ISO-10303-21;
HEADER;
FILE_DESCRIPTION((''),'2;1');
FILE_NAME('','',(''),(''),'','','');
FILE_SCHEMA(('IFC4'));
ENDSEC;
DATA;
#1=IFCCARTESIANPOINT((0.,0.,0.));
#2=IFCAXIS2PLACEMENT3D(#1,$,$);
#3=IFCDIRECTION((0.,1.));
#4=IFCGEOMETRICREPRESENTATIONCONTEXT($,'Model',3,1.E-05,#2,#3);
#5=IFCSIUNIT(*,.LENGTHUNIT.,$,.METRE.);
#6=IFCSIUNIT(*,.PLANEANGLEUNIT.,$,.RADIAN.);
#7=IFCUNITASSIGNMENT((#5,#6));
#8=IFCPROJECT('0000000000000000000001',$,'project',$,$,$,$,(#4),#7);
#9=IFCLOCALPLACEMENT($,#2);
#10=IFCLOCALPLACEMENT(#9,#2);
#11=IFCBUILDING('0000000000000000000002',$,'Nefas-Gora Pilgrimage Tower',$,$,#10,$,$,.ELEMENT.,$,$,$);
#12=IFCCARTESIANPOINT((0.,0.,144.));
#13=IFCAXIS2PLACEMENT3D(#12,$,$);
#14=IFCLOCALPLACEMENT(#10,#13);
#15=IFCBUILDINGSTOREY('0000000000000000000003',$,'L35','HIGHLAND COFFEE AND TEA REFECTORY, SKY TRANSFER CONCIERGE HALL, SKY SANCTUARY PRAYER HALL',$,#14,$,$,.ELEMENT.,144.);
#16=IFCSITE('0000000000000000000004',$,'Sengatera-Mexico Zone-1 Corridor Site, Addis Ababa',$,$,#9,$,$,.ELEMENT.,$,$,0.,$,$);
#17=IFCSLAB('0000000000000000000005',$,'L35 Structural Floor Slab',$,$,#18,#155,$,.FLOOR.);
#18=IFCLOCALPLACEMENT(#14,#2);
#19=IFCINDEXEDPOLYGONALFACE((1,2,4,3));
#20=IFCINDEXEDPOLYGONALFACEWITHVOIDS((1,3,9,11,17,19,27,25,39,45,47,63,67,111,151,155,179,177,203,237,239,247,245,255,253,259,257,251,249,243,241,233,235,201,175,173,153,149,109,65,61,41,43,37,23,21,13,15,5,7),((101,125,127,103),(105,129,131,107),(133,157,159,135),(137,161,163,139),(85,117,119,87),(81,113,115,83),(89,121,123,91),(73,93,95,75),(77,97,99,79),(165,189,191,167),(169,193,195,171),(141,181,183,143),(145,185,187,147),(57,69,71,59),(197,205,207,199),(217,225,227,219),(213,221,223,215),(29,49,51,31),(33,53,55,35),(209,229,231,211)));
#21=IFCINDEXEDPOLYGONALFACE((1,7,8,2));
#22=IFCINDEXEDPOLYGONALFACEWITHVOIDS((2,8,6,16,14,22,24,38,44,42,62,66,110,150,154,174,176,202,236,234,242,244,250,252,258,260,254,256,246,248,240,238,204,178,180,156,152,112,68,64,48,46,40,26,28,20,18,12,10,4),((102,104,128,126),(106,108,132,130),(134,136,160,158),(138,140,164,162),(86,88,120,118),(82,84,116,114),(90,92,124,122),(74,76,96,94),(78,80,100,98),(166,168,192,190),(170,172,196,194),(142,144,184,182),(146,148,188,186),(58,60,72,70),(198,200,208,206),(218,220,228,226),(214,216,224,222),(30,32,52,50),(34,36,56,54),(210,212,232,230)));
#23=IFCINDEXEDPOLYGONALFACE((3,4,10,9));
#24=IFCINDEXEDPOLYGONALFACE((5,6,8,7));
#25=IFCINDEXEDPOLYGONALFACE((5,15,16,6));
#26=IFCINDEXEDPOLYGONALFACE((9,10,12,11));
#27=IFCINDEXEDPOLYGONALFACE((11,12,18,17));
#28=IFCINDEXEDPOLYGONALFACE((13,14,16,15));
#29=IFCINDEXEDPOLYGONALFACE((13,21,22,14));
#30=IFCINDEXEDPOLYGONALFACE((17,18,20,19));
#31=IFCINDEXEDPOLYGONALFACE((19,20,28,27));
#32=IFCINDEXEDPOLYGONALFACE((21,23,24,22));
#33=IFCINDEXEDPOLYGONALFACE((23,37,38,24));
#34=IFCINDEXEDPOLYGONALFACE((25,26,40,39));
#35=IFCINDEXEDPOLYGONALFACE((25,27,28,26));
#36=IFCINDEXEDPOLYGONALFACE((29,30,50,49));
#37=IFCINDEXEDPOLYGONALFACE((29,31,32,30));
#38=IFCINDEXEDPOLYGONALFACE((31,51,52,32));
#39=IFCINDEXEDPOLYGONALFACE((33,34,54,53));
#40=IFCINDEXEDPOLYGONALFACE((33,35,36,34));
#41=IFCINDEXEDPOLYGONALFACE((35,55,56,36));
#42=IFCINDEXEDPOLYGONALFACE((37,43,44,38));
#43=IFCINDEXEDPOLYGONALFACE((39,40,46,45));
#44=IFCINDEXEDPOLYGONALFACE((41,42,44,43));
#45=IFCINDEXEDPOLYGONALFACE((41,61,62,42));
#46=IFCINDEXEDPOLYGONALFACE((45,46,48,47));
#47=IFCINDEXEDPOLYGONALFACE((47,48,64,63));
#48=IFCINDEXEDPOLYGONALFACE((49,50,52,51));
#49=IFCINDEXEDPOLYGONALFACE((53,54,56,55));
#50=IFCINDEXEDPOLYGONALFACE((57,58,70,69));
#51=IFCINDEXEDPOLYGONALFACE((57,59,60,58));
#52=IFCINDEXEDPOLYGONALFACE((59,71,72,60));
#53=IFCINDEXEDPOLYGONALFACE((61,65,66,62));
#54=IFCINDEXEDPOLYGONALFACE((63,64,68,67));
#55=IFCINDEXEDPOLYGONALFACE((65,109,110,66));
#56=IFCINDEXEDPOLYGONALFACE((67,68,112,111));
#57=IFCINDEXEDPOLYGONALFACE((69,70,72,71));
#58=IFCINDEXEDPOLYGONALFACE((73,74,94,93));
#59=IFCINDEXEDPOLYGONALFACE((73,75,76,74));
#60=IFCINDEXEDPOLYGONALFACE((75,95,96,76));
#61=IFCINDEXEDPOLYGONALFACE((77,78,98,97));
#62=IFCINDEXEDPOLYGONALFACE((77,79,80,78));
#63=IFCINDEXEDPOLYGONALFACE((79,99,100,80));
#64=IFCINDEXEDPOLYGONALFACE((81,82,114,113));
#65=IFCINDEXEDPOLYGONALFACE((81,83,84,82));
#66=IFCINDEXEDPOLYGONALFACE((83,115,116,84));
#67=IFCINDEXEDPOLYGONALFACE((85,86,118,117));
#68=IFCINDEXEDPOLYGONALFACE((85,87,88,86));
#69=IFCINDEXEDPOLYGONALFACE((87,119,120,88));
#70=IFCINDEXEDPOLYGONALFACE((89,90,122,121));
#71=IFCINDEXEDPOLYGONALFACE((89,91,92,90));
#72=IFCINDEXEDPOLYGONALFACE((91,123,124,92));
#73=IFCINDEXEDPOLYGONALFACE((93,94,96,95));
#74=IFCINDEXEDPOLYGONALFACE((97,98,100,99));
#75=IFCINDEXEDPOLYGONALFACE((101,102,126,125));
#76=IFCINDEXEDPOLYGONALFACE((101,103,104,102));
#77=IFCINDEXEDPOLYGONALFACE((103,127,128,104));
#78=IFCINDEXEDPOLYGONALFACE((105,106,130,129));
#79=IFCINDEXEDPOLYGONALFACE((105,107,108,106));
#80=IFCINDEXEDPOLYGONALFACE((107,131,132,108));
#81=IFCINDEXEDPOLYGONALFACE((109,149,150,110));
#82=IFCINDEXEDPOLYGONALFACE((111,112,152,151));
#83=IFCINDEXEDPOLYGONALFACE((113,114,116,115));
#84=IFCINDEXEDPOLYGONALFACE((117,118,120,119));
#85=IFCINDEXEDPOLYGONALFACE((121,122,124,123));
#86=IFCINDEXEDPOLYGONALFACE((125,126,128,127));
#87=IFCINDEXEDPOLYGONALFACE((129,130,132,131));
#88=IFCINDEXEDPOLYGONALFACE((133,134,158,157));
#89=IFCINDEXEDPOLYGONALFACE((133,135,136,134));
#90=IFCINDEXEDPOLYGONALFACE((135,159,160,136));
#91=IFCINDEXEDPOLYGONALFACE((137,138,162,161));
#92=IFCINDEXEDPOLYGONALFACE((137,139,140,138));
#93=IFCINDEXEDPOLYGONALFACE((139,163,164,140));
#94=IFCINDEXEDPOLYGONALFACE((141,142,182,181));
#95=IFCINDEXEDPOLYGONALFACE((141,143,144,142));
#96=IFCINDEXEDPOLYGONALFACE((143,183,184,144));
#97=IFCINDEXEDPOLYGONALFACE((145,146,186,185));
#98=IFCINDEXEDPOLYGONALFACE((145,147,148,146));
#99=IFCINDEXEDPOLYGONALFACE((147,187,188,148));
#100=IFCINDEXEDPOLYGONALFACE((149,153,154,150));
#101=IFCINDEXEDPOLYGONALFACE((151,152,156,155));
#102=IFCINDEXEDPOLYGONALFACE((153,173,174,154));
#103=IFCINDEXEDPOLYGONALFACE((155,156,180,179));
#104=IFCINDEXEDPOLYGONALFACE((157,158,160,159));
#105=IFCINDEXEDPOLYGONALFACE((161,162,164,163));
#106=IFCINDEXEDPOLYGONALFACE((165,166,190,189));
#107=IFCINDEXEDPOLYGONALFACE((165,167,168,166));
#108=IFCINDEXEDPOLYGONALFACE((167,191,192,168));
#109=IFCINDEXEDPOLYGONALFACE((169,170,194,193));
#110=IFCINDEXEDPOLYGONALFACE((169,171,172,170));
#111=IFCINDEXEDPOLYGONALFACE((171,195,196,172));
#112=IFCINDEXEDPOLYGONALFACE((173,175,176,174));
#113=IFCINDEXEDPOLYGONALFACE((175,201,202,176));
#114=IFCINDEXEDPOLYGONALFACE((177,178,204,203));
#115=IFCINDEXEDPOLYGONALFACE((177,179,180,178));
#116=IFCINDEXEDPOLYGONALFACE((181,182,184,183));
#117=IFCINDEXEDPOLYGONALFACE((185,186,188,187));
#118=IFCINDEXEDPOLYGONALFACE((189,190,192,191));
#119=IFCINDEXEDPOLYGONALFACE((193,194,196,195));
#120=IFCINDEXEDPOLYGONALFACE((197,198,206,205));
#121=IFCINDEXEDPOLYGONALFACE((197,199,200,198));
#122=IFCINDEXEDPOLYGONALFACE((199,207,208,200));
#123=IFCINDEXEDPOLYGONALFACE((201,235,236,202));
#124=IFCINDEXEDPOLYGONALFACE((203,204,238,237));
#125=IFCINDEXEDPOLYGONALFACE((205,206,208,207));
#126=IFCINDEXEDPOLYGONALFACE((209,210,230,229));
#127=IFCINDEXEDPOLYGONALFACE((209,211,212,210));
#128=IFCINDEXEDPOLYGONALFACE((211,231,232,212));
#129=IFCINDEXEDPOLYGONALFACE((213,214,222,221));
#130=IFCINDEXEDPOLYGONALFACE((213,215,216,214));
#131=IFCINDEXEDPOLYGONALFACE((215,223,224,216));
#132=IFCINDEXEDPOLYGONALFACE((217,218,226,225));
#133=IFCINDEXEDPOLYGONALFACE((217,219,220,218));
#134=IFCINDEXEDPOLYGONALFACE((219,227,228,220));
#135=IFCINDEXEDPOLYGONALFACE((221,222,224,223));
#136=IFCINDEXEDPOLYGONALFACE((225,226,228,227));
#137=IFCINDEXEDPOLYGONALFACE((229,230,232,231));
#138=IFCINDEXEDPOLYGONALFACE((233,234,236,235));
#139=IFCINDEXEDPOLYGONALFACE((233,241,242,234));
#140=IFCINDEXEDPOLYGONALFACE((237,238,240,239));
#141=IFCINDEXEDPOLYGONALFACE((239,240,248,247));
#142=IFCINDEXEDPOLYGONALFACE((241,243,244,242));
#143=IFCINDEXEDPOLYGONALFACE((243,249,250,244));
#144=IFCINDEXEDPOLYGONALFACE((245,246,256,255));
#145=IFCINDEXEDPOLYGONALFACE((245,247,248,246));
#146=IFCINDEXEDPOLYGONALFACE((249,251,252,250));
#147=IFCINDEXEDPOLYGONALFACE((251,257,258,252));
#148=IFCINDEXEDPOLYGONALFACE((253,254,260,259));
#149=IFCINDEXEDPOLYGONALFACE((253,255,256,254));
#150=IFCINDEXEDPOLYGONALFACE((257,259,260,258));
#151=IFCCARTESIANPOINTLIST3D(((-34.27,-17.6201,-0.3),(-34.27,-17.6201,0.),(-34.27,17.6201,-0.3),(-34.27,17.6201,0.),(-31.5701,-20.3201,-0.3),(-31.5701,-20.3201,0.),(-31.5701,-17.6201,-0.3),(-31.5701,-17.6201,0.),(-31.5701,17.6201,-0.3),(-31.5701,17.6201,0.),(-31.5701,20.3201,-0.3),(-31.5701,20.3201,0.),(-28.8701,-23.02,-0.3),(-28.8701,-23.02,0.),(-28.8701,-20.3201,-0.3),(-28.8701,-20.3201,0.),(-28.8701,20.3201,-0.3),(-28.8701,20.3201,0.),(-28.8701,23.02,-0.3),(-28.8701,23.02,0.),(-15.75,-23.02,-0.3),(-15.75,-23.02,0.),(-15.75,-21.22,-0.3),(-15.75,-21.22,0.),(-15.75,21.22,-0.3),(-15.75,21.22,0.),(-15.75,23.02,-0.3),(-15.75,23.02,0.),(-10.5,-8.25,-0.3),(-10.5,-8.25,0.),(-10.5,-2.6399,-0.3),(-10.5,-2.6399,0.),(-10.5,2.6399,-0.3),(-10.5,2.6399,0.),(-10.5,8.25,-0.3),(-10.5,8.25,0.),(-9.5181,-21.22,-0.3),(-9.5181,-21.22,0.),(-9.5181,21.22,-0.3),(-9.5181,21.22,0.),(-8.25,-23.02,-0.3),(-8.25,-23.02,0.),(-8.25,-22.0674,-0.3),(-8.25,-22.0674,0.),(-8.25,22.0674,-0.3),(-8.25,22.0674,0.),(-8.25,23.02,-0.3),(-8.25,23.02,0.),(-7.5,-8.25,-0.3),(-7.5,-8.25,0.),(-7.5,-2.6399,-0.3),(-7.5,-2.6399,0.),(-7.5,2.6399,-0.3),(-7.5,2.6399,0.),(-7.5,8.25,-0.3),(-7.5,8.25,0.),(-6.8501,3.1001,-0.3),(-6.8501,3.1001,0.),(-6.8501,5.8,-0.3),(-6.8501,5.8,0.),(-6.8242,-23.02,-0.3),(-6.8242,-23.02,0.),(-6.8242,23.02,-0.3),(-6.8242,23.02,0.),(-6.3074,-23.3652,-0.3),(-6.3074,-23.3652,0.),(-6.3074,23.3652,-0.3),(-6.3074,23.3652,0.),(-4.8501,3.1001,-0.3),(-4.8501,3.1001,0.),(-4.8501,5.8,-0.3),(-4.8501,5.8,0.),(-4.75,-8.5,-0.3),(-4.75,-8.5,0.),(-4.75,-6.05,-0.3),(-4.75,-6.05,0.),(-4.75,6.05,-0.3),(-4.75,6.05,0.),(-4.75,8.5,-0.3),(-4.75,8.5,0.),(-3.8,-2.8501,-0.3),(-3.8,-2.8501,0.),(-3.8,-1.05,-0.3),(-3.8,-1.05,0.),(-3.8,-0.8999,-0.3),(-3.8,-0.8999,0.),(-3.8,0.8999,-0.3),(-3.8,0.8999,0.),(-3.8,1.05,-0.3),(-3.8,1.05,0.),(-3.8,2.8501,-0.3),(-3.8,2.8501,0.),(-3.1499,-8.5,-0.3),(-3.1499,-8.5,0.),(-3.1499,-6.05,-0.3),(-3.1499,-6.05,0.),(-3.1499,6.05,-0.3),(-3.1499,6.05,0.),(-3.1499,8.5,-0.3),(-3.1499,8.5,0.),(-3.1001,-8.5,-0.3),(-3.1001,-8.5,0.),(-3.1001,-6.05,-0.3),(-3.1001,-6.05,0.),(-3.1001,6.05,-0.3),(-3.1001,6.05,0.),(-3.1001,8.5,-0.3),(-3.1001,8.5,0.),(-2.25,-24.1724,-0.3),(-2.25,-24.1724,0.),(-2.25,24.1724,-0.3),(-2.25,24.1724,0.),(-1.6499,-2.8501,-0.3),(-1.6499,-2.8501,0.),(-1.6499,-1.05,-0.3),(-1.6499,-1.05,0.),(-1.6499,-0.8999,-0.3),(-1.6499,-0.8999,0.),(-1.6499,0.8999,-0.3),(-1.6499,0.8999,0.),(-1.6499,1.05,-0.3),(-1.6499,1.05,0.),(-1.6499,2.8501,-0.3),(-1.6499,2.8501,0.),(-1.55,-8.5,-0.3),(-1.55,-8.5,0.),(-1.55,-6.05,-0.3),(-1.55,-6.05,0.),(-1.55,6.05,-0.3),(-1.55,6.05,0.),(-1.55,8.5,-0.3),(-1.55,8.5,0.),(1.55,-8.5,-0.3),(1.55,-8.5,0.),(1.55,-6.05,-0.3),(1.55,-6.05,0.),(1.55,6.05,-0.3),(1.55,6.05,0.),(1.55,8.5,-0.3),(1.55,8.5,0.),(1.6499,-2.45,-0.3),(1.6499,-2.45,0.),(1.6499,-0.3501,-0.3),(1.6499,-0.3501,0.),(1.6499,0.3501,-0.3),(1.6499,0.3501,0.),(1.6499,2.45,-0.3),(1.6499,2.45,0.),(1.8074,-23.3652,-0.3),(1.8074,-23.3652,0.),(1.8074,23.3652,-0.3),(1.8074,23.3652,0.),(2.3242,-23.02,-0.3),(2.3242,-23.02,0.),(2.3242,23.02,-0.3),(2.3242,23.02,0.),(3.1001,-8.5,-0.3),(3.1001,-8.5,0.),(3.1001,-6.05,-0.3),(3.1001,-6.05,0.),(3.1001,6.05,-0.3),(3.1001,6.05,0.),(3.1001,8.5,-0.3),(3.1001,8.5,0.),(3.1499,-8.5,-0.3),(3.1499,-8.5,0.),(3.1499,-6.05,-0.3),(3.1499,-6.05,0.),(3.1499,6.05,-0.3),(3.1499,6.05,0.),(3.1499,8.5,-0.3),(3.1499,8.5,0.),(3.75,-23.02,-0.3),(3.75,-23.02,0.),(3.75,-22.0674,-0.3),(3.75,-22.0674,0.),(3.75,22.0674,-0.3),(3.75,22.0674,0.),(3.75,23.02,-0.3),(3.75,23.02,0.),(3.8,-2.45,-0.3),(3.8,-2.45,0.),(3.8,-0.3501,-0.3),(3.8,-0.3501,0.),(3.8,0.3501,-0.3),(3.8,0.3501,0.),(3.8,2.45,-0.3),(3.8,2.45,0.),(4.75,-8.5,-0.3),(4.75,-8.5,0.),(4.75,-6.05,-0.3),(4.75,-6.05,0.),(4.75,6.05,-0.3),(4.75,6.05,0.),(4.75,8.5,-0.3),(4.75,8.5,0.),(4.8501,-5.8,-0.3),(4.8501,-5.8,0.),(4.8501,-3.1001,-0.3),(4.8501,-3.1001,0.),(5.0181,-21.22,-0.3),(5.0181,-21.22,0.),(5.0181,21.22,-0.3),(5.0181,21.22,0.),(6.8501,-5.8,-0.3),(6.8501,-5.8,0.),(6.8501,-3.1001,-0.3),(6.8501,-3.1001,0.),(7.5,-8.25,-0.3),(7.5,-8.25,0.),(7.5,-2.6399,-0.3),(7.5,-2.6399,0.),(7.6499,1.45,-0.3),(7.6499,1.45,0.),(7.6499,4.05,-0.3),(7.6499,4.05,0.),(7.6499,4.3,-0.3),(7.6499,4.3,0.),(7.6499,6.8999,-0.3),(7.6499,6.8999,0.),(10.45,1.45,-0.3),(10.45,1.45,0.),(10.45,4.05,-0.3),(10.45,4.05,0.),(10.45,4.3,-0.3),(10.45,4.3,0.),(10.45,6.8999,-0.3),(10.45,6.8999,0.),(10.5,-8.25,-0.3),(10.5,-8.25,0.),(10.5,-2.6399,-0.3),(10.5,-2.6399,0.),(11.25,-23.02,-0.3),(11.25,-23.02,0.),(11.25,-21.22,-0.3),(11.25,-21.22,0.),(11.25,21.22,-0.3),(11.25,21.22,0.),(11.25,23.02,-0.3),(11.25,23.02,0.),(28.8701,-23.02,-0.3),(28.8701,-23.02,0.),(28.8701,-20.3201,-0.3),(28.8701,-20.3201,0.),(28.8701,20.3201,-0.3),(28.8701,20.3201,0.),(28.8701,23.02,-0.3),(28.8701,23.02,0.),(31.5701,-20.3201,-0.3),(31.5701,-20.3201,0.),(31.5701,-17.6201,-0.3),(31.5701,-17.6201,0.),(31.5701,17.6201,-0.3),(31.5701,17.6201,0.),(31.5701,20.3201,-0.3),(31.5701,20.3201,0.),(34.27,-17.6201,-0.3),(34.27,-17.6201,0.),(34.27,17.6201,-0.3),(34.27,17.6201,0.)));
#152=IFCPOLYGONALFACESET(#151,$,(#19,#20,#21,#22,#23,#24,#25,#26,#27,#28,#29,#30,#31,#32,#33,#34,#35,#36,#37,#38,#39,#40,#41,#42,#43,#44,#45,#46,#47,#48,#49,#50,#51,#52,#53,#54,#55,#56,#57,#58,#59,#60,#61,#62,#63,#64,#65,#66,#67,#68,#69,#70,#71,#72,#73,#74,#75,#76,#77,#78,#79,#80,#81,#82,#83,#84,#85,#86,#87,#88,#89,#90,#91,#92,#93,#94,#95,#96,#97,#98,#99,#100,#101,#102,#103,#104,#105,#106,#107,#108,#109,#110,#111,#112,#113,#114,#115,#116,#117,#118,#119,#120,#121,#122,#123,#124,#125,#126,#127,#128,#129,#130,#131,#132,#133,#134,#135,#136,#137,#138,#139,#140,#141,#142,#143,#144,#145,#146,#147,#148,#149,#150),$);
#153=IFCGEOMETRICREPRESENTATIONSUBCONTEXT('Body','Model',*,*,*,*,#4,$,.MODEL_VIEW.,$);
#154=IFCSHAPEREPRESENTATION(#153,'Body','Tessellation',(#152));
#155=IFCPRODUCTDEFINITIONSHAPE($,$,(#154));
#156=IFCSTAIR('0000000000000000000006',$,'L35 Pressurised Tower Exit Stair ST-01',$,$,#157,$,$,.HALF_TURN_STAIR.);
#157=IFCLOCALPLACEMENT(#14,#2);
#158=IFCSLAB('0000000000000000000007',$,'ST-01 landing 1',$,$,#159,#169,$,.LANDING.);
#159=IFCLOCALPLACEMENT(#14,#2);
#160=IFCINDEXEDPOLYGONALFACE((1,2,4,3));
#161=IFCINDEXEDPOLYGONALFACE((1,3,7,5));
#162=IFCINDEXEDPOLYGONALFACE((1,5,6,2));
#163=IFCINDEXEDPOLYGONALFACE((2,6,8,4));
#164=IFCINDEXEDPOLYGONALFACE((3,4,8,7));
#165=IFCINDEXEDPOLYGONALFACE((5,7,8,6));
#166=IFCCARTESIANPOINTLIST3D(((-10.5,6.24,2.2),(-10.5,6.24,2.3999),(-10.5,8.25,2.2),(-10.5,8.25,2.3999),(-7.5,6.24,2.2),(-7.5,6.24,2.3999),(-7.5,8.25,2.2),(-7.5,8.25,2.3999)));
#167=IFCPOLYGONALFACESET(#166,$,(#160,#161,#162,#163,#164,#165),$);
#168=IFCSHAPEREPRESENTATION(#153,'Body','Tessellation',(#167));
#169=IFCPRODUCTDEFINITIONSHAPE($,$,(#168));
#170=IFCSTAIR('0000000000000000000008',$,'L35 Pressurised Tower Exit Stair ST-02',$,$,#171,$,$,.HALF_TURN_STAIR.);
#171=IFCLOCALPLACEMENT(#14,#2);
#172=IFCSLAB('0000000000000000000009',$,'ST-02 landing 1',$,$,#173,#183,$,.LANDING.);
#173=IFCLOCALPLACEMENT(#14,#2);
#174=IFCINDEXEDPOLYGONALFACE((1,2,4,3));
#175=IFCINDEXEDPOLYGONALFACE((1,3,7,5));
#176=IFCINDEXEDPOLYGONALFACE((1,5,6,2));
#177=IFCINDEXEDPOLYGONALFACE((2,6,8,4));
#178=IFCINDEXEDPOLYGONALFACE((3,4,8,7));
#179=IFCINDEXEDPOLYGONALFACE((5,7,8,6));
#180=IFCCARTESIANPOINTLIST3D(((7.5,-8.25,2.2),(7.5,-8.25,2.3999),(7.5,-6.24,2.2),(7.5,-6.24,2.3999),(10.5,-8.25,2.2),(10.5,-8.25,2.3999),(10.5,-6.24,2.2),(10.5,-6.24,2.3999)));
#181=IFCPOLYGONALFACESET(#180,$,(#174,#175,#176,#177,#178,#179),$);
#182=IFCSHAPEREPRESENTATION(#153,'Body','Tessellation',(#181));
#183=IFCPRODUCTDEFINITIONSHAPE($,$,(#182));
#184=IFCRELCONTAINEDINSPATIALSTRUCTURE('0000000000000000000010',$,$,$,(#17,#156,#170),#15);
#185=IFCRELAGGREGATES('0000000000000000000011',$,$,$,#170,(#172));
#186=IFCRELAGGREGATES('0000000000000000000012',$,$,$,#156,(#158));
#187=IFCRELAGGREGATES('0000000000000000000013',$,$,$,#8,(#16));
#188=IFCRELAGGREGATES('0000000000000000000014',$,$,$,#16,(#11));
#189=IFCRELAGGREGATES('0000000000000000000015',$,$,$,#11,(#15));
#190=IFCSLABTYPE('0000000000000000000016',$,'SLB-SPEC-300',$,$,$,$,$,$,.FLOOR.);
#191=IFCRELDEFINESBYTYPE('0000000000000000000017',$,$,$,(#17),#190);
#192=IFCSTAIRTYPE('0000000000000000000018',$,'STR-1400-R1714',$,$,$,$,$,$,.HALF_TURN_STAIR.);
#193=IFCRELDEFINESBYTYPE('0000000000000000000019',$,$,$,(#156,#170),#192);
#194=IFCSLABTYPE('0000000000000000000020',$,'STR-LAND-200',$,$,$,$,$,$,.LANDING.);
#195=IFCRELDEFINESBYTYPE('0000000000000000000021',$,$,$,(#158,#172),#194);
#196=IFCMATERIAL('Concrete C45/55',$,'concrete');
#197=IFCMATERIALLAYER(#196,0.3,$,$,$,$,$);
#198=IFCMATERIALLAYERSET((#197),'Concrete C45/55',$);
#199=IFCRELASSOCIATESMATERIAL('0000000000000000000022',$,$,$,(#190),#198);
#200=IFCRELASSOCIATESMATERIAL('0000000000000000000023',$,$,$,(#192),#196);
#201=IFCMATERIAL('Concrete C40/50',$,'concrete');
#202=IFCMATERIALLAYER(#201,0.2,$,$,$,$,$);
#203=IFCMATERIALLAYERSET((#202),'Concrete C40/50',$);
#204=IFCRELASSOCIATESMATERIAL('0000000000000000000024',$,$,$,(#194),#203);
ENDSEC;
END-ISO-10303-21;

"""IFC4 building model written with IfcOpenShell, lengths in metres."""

from ifc_helpers import new_model, si_unit, direction, frame, origin, place, context, subcontext, project, spatial, polyline, outline, extrude, material, layer, layer_set, type_object, element, aggregate, save


model = new_model("IFC4")

# Units and contexts
model_context = context("Model", 3, precision=1e-05, world=origin(), true_north=direction((0.0, 1.0)))
body_context = subcontext(model_context, "Body", "Model", "MODEL_VIEW")
ifc_project = project(units=[si_unit("LENGTHUNIT", "METRE"), si_unit("PLANEANGLEUNIT", "RADIAN")], contexts=[model_context])

# Site, building, storey
site_placement = place(None, origin())
site = spatial("IfcSite", under=ifc_project, at=site_placement, Name="Sengatera-Mexico Zone-1 Corridor Site, Addis Ababa", CompositionType="ELEMENT", RefElevation=0.0)
building_placement = place(site_placement, origin())
building = spatial("IfcBuilding", under=site, at=building_placement, Name="Nefas-Gora Pilgrimage Tower", CompositionType="ELEMENT")
storey_placement = place(building_placement, frame((0.0, 0.0, 144.0)))
storey = spatial("IfcBuildingStorey", under=building, at=storey_placement, Name="L35", Description="HIGHLAND COFFEE AND TEA REFECTORY, SKY TRANSFER CONCIERGE HALL, SKY SANCTUARY PRAYER HALL", CompositionType="ELEMENT", Elevation=144.0)

# Slab
ifc_material_1 = material(Name="Concrete C45/55", Category="concrete")
ifc_layer_1 = layer(ifc_material_1, 0.3)
ifc_layer_set_1 = layer_set([ifc_layer_1], Name="Concrete C45/55")
slab_type_1 = type_object("IfcSlabType", Name="SLB-SPEC-300", PredefinedType="FLOOR", material=ifc_layer_set_1)
slab_1_placement = place(storey_placement, frame((0.0, 0.0, -0.3)))
element("IfcSlab", 1, at=slab_1_placement, inside=storey, type_object=slab_type_1, Name="L35 Structural Floor Slab", PredefinedType="FLOOR", context=body_context, shape_type="SweptSolid", body=[
    extrude(outline(polyline([(5.0181, -21.22), (11.25, -21.22), (11.25, -23.02), (28.8701, -23.02), (28.8701, -20.3201), (31.5701, -20.3201), (31.5701, -17.6201), (34.27, -17.6201), (34.27, 17.6201), (31.5701, 17.6201), (31.5701, 20.3201), (28.8701, 20.3201), (28.8701, 23.02), (11.25, 23.02), (11.25, 21.22), (5.0181, 21.22), (3.75, 22.0674), (3.75, 23.02), (2.3242, 23.02), (1.8074, 23.3652), (-2.25, 24.1724), (-6.3074, 23.3652), (-6.8242, 23.02), (-8.25, 23.02), (-8.25, 22.0674), (-9.5181, 21.22), (-15.75, 21.22), (-15.75, 23.02), (-28.8701, 23.02), (-28.8701, 20.3201), (-31.5701, 20.3201), (-31.5701, 17.6201), (-34.27, 17.6201), (-34.27, -17.6201), (-31.5701, -17.6201), (-31.5701, -20.3201), (-28.8701, -20.3201), (-28.8701, -23.02), (-15.75, -23.02), (-15.75, -21.22), (-9.5181, -21.22), (-8.25, -22.0674), (-8.25, -23.02), (-6.8242, -23.02), (-6.3074, -23.3652), (-2.25, -24.1724), (1.8074, -23.3652), (2.3242, -23.02), (3.75, -23.02), (3.75, -22.0674), (5.0181, -21.22)]), holes=[polyline([(-10.5, 2.6399), (-10.5, 8.25), (-7.5, 8.25), (-7.5, 2.6399), (-10.5, 2.6399)]), polyline([(10.5, -2.6399), (10.5, -8.25), (7.5, -8.25), (7.5, -2.6399), (10.5, -2.6399)]), polyline([(-7.5, -2.6399), (-7.5, -8.25), (-10.5, -8.25), (-10.5, -2.6399), (-7.5, -2.6399)]), polyline([(-6.8501, 5.8), (-4.8501, 5.8), (-4.8501, 3.1001), (-6.8501, 3.1001), (-6.8501, 5.8)]), polyline([(4.8501, -3.1001), (6.8501, -3.1001), (6.8501, -5.8), (4.8501, -5.8), (4.8501, -3.1001)]), polyline([(7.6499, 4.05), (10.45, 4.05), (10.45, 1.45), (7.6499, 1.45), (7.6499, 4.05)]), polyline([(7.6499, 6.8999), (10.45, 6.8999), (10.45, 4.3), (7.6499, 4.3), (7.6499, 6.8999)]), polyline([(-4.75, 8.5), (-3.1499, 8.5), (-3.1499, 6.05), (-4.75, 6.05), (-4.75, 8.5)]), polyline([(-3.1001, 8.5), (-1.55, 8.5), (-1.55, 6.05), (-3.1001, 6.05), (-3.1001, 8.5)]), polyline([(1.55, 8.5), (3.1001, 8.5), (3.1001, 6.05), (1.55, 6.05), (1.55, 8.5)]), polyline([(3.1499, 8.5), (4.75, 8.5), (4.75, 6.05), (3.1499, 6.05), (3.1499, 8.5)]), polyline([(-4.75, -6.05), (-3.1499, -6.05), (-3.1499, -8.5), (-4.75, -8.5), (-4.75, -6.05)]), polyline([(-3.1001, -6.05), (-1.55, -6.05), (-1.55, -8.5), (-3.1001, -8.5), (-3.1001, -6.05)]), polyline([(1.55, -6.05), (3.1001, -6.05), (3.1001, -8.5), (1.55, -8.5), (1.55, -6.05)]), polyline([(3.1499, -6.05), (4.75, -6.05), (4.75, -8.5), (3.1499, -8.5), (3.1499, -6.05)]), polyline([(-3.8, -1.05), (-1.6499, -1.05), (-1.6499, -2.8501), (-3.8, -2.8501), (-3.8, -1.05)]), polyline([(-3.8, 0.8999), (-1.6499, 0.8999), (-1.6499, -0.8999), (-3.8, -0.8999), (-3.8, 0.8999)]), polyline([(-3.8, 2.8501), (-1.6499, 2.8501), (-1.6499, 1.05), (-3.8, 1.05), (-3.8, 2.8501)]), polyline([(1.6499, -0.3501), (3.8, -0.3501), (3.8, -2.45), (1.6499, -2.45), (1.6499, -0.3501)]), polyline([(1.6499, 2.45), (3.8, 2.45), (3.8, 0.3501), (1.6499, 0.3501), (1.6499, 2.45)])]), origin(), (0.0, 0.0, 1.0), 0.3),
])

# Stairs, slabs
stair_type = type_object("IfcStairType", Name="STR-1400-R1714", PredefinedType="HALF_TURN_STAIR", material=ifc_material_1)
stair_1_placement = place(storey_placement, origin())
stair_1 = element("IfcStair", 2, at=stair_1_placement, inside=storey, type_object=stair_type, Name="L35 Pressurised Tower Exit Stair ST-01", PredefinedType="HALF_TURN_STAIR")
ifc_material_2 = material(Name="Concrete C40/50", Category="concrete")
ifc_layer_2 = layer(ifc_material_2, 0.2)
ifc_layer_set_2 = layer_set([ifc_layer_2], Name="Concrete C40/50")
slab_type_2 = type_object("IfcSlabType", Name="STR-LAND-200", PredefinedType="LANDING", material=ifc_layer_set_2)
slab_2_placement = place(storey_placement, frame((0.0, 0.0, 2.2)))
slab_2 = element("IfcSlab", 3, at=slab_2_placement, type_object=slab_type_2, Name="ST-01 landing 1", PredefinedType="LANDING", context=body_context, shape_type="SweptSolid", body=[
    extrude(outline(polyline([(-7.5, 6.24), (-7.5, 8.25), (-10.5, 8.25), (-10.5, 6.24), (-7.5, 6.24)])), origin(), (0.0, 0.0, 1.0), 0.2),
])
stair_2_placement = place(storey_placement, origin())
stair_2 = element("IfcStair", 4, at=stair_2_placement, inside=storey, type_object=stair_type, Name="L35 Pressurised Tower Exit Stair ST-02", PredefinedType="HALF_TURN_STAIR")
slab_3_placement = place(storey_placement, frame((0.0, 0.0, 2.2)))
slab_3 = element("IfcSlab", 5, at=slab_3_placement, type_object=slab_type_2, Name="ST-02 landing 1", PredefinedType="LANDING", context=body_context, shape_type="SweptSolid", body=[
    extrude(outline(polyline([(7.5, -6.24), (7.5, -8.25), (10.5, -8.25), (10.5, -6.24), (7.5, -6.24)])), origin(), (0.0, 0.0, 1.0), 0.2),
])
aggregate(stair_2, [slab_3])

aggregate(stair_1, [slab_2])

save(model, "model.ifc")
